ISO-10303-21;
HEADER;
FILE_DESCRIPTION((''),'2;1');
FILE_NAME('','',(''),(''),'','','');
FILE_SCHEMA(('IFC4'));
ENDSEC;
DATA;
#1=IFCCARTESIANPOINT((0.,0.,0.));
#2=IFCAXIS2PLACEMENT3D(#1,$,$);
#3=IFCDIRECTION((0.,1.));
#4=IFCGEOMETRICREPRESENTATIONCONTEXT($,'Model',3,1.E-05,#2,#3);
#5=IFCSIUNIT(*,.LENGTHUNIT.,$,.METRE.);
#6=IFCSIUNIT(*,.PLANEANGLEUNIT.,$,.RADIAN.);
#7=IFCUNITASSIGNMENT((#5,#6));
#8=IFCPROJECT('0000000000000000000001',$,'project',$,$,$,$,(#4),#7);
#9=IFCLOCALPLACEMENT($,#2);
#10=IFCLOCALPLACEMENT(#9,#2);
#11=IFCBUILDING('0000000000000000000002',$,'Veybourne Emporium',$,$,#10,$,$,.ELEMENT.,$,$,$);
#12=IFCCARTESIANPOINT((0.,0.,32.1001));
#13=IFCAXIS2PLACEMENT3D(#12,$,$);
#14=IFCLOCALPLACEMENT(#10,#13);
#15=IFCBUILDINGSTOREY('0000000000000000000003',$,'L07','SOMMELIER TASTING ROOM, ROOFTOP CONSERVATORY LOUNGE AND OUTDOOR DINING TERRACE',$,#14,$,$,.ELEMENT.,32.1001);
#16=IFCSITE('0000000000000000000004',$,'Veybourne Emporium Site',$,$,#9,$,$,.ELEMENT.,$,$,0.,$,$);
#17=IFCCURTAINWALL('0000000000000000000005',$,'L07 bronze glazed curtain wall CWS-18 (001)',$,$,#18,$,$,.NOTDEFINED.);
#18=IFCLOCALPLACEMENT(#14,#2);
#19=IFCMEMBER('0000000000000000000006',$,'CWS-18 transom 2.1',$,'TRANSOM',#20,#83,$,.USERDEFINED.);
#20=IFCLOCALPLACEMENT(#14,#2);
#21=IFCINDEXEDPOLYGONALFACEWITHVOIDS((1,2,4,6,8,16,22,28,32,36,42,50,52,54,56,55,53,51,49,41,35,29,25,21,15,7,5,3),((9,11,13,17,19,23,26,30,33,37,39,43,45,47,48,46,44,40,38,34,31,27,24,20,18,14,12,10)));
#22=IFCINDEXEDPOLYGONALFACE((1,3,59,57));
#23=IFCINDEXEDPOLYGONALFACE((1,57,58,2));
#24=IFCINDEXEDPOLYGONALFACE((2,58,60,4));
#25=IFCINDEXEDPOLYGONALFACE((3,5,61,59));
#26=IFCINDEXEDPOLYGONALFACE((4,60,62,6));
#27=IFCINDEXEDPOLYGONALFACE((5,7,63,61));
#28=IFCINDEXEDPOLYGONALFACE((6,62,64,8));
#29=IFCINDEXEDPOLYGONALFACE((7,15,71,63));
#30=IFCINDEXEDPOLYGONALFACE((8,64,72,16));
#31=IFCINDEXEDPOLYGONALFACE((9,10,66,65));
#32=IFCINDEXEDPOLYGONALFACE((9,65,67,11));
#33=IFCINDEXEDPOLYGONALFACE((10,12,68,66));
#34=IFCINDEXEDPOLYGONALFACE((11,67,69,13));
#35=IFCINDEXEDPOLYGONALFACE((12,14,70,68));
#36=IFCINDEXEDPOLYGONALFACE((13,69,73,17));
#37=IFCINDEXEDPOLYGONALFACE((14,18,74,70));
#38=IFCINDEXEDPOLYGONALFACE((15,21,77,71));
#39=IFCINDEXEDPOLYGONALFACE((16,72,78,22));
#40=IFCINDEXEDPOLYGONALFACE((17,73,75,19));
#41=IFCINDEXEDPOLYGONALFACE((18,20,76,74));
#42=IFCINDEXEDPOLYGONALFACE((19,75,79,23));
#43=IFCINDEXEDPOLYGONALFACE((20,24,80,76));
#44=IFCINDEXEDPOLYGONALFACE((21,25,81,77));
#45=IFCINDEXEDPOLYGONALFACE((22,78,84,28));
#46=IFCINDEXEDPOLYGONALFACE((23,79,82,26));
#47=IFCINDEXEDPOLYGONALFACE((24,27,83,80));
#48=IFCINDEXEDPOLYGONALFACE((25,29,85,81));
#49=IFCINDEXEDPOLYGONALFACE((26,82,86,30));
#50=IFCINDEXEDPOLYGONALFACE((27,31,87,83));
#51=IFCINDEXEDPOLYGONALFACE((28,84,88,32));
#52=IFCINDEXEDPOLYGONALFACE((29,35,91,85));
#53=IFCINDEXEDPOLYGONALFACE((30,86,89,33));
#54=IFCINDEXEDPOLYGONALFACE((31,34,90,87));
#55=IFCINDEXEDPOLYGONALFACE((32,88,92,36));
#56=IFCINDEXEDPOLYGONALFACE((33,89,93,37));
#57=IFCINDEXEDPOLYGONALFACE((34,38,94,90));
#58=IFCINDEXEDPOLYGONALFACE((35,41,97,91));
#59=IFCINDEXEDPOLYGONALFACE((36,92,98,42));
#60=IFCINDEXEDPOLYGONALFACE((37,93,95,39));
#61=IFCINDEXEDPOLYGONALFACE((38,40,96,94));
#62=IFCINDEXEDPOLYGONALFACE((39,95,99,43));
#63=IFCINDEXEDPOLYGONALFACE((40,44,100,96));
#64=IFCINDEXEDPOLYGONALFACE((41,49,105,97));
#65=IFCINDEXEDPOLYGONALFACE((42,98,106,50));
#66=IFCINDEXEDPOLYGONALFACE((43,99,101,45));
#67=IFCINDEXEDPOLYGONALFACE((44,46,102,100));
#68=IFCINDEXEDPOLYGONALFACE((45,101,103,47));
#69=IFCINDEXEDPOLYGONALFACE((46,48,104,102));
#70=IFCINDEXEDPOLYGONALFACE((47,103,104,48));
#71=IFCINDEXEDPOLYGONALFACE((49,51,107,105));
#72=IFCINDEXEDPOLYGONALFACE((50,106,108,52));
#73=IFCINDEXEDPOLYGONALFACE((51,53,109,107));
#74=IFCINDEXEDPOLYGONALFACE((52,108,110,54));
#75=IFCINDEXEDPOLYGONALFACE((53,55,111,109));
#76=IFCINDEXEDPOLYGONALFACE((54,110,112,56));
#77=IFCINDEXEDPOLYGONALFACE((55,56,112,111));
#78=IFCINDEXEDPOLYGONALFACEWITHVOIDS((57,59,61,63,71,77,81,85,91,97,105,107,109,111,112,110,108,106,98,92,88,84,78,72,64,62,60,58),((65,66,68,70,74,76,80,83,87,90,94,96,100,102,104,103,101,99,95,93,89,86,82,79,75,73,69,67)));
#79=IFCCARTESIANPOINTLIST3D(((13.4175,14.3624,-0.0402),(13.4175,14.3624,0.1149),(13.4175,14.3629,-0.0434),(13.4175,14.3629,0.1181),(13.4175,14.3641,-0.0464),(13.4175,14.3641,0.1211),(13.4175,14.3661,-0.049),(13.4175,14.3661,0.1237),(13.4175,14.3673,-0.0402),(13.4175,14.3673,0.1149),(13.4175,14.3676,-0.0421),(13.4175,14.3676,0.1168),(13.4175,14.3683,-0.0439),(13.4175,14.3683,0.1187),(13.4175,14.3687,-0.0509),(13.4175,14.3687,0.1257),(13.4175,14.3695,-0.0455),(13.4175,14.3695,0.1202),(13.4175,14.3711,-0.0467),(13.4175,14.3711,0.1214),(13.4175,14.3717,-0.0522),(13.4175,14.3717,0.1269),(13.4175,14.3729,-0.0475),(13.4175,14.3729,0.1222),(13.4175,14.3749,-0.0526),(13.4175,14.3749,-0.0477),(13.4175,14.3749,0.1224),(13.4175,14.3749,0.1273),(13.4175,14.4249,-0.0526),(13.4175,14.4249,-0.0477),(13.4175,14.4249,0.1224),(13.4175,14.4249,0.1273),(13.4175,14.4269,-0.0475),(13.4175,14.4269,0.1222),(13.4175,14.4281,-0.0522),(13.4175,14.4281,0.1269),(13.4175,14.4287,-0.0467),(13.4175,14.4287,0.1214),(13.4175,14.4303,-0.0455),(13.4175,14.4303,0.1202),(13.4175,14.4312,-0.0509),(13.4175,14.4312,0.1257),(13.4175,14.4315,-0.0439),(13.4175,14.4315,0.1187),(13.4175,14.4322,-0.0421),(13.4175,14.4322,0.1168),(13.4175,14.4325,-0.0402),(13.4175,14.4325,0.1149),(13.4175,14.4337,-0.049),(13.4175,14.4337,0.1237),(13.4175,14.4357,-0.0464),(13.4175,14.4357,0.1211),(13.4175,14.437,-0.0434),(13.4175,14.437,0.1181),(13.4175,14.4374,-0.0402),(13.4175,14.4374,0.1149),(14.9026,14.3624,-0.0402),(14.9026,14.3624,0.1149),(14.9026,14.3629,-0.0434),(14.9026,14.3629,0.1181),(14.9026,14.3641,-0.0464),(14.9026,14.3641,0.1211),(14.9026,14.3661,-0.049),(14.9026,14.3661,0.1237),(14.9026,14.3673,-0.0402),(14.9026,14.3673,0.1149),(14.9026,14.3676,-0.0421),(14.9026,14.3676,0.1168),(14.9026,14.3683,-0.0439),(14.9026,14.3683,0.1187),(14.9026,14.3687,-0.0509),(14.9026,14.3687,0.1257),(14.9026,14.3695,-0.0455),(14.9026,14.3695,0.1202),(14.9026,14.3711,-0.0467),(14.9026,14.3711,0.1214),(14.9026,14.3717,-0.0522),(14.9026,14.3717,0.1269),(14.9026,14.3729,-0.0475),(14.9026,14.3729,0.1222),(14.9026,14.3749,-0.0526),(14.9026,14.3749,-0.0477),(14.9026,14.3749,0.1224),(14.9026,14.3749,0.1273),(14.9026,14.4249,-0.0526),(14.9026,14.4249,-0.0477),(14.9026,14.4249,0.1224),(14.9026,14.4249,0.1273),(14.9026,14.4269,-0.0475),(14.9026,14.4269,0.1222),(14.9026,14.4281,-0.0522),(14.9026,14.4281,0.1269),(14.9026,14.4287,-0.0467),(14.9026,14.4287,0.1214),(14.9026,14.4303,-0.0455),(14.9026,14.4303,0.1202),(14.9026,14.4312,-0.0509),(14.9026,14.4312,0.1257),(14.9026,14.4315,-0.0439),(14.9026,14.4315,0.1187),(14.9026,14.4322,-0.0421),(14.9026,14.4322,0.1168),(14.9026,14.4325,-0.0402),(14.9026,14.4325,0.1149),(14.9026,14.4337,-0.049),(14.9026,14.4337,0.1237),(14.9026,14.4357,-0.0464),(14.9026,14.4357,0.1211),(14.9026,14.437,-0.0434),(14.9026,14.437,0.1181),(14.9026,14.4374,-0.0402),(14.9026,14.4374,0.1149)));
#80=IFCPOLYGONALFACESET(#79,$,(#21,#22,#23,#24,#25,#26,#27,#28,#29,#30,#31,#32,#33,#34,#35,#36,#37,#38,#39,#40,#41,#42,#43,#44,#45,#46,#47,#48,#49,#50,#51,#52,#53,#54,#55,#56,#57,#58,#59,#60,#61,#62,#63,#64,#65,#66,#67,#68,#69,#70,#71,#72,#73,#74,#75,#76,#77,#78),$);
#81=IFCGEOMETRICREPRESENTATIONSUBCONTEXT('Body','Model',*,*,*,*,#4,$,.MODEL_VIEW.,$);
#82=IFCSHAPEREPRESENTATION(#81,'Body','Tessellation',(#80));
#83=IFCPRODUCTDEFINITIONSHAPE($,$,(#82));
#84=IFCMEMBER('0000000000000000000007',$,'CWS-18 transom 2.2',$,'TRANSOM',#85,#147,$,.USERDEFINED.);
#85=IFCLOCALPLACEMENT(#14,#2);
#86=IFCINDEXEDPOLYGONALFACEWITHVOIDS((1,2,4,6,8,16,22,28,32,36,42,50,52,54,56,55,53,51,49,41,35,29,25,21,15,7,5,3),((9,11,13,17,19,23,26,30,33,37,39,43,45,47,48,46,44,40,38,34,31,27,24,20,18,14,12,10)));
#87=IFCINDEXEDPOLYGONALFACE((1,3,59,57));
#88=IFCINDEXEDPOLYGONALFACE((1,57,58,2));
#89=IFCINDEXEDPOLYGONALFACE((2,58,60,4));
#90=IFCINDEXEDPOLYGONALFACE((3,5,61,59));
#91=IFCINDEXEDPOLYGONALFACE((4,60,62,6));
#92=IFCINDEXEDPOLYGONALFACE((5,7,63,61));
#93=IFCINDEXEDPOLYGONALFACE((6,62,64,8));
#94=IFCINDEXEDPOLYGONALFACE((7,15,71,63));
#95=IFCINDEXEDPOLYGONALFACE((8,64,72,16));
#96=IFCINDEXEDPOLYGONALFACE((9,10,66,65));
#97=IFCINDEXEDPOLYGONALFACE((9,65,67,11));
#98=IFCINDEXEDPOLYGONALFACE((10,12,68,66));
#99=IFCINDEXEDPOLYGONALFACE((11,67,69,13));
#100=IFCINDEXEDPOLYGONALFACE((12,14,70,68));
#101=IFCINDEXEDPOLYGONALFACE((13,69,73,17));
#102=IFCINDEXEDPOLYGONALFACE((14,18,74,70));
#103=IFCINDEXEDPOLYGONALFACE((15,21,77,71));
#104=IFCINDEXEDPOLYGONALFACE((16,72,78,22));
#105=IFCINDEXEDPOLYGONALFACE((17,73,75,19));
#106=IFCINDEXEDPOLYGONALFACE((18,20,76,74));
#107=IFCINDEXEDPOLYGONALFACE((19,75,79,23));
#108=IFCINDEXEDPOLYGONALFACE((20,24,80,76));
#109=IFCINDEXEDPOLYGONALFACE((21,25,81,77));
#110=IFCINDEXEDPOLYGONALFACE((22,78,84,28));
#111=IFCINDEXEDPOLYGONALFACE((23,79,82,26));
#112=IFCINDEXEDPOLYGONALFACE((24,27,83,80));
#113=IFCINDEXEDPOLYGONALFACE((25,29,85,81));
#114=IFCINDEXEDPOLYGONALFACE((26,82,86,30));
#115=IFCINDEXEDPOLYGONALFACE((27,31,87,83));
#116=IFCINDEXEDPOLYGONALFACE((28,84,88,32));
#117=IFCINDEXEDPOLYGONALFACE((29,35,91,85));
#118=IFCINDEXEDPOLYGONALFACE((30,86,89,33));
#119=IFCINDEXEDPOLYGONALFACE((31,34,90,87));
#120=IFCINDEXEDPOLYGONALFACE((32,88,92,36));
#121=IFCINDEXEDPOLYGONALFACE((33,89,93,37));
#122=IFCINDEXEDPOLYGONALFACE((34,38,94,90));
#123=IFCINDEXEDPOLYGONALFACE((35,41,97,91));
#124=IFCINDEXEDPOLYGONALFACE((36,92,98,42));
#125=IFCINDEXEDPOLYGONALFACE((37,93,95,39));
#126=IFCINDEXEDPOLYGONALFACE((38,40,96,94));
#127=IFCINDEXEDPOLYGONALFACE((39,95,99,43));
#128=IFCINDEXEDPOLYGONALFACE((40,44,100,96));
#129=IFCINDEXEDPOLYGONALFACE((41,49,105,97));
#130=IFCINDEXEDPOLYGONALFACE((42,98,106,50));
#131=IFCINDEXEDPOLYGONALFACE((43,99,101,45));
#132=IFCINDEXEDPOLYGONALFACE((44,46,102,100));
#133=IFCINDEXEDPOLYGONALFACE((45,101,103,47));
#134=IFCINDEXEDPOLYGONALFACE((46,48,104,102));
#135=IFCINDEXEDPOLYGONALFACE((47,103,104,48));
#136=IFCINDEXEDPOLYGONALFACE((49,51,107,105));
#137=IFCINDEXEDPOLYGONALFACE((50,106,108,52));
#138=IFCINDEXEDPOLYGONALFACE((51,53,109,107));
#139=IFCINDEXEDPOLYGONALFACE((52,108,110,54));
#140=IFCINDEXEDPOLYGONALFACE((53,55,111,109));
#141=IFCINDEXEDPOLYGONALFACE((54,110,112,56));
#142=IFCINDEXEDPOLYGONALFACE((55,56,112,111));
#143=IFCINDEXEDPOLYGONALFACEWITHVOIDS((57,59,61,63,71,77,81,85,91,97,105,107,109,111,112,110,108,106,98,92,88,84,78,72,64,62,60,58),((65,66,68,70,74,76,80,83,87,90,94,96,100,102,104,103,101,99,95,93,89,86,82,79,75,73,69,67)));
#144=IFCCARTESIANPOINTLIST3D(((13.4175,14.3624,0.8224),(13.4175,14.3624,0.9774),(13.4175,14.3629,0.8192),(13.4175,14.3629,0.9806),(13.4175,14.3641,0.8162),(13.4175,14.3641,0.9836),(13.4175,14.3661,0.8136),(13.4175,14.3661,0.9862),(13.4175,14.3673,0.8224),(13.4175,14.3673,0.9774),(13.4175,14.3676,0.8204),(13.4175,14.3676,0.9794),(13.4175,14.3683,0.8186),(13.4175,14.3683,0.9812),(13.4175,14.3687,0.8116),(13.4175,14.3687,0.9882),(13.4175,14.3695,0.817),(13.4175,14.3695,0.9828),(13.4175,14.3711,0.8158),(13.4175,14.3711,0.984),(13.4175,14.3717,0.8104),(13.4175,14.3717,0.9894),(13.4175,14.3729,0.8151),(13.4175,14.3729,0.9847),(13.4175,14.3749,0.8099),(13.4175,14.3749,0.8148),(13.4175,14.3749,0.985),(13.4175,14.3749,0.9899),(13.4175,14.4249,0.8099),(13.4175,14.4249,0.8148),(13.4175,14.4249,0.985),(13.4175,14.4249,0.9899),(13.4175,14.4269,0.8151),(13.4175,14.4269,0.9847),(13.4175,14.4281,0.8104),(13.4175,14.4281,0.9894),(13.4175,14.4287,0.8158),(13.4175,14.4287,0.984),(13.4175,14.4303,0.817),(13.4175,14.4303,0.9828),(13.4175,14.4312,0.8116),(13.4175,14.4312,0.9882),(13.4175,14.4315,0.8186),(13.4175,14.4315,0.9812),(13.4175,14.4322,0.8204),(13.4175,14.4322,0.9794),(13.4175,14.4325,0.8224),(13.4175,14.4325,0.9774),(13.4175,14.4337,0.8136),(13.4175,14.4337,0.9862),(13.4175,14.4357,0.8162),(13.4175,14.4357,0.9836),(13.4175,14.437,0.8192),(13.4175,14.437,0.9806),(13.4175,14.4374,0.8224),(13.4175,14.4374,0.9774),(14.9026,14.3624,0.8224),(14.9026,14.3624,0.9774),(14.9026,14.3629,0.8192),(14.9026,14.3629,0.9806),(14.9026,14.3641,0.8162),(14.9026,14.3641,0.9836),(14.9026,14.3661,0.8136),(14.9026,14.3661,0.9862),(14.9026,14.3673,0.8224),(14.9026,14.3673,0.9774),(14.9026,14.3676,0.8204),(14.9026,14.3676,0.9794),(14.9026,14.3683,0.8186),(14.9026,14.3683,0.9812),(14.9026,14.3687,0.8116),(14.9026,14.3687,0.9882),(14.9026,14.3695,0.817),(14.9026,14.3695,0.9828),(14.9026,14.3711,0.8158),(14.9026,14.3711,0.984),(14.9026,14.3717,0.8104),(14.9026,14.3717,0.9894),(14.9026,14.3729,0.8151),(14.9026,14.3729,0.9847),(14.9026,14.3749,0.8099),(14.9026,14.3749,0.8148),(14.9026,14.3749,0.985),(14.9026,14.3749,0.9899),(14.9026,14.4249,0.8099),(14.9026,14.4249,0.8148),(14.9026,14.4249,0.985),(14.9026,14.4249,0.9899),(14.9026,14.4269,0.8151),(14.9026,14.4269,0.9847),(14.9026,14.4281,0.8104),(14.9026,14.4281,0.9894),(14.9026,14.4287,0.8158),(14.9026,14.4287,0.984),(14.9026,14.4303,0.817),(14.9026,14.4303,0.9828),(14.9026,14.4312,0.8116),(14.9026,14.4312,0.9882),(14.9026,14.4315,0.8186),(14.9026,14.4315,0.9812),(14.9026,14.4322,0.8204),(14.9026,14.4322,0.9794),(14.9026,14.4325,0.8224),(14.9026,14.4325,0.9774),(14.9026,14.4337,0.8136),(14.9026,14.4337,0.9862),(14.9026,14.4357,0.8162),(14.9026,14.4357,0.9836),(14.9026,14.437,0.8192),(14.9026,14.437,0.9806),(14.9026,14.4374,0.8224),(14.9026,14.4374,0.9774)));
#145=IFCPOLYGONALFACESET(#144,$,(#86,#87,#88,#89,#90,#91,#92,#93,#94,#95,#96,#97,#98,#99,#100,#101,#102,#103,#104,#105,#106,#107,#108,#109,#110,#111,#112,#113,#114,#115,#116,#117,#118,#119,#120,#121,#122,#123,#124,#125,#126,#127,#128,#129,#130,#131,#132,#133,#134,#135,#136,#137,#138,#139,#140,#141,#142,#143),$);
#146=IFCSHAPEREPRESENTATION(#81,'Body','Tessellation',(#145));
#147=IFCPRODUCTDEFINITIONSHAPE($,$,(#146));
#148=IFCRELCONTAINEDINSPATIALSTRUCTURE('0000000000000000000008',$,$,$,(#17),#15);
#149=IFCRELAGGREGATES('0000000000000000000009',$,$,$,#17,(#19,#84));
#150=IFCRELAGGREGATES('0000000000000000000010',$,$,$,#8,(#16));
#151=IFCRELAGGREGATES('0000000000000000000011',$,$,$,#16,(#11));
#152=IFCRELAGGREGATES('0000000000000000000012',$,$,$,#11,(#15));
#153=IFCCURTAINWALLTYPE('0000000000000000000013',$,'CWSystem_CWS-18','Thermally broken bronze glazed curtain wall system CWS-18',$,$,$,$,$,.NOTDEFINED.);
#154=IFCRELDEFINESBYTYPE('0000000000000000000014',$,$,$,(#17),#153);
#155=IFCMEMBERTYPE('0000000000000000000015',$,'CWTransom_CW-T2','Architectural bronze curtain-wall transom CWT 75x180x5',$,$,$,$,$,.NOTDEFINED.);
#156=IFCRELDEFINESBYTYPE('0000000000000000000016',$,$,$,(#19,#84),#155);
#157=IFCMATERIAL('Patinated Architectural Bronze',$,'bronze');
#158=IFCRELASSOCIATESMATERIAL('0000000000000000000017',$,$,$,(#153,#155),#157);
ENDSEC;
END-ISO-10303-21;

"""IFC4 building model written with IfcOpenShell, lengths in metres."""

from ifc_helpers import new_model, si_unit, direction, frame, origin, origin_2d, place, context, subcontext, project, spatial, hollow_rectangle, extrude, material, material_profile, profile_set, type_object, element, aggregate, save


model = new_model("IFC4")

# Units and contexts
model_context = context("Model", 3, precision=1e-05, world=origin(), true_north=direction((0.0, 1.0)))
body_context = subcontext(model_context, "Body", "Model", "MODEL_VIEW")
ifc_project = project(units=[si_unit("LENGTHUNIT", "METRE"), si_unit("PLANEANGLEUNIT", "RADIAN")], contexts=[model_context])

# Site, building, storey
site_placement = place(None, origin())
site = spatial("IfcSite", under=ifc_project, at=site_placement, Name="Veybourne Emporium Site", CompositionType="ELEMENT", RefElevation=0.0)
building_placement = place(site_placement, origin())
building = spatial("IfcBuilding", under=site, at=building_placement, Name="Veybourne Emporium", CompositionType="ELEMENT")
storey_placement = place(building_placement, frame((0.0, 0.0, 32.1001)))
storey = spatial("IfcBuildingStorey", under=building, at=storey_placement, Name="L07", Description="SOMMELIER TASTING ROOM, ROOFTOP CONSERVATORY LOUNGE AND OUTDOOR DINING TERRACE", CompositionType="ELEMENT", Elevation=32.1001)

# Curtain wall
ifc_material_1 = material(Name="Patinated Architectural Bronze", Category="bronze")
curtain_wall_type_1 = type_object("IfcCurtainWallType", Name="CWSystem_CWS-18", Description="Thermally broken bronze glazed curtain wall system CWS-18", PredefinedType="NOTDEFINED", material=ifc_material_1)
curtain_wall_1_placement = place(storey_placement, origin())
curtain_wall_1 = element("IfcCurtainWall", 1, at=curtain_wall_1_placement, inside=storey, type_object=curtain_wall_type_1, Name="L07 bronze glazed curtain wall CWS-18 (001)", PredefinedType="NOTDEFINED")

# Members
ifc_material_profile_1 = material_profile(ifc_material_1, hollow_rectangle(XDim=0.075, YDim=0.1799, WallThickness=0.0049, InnerFilletRadius=0.0076, OuterFilletRadius=0.0125, at=origin_2d()), Name="CWT 75x180x5")
ifc_profile_set_1 = profile_set([ifc_material_profile_1], Name="Patinated Architectural Bronze")
member_type_1 = type_object("IfcMemberType", Name="CWTransom_CW-T2", Description="Architectural bronze curtain-wall transom CWT 75x180x5", PredefinedType="NOTDEFINED", material=ifc_profile_set_1)
member_1_placement = place(storey_placement, frame((14.9026, 14.3999, 0.0374), z_axis=(-1.0, 0.0, 0.0), x_axis=(0.0, -1.0, 0.0)))
member_1 = element("IfcMember", 2, at=member_1_placement, type_object=member_type_1, Name="CWS-18 transom 2.1", ObjectType="TRANSOM", PredefinedType="USERDEFINED", context=body_context, shape_type="SweptSolid", body=[
    extrude(hollow_rectangle(XDim=0.075, YDim=0.1799, WallThickness=0.0049, InnerFilletRadius=0.0076, OuterFilletRadius=0.0125, at=origin_2d()), origin(), (0.0, 0.0, 1.0), 1.4851),
])
member_2_placement = place(storey_placement, frame((14.9026, 14.3999, 0.8999), z_axis=(-1.0, 0.0, 0.0), x_axis=(0.0, -1.0, 0.0)))
member_2 = element("IfcMember", 3, at=member_2_placement, type_object=member_type_1, Name="CWS-18 transom 2.2", ObjectType="TRANSOM", PredefinedType="USERDEFINED", context=body_context, shape_type="SweptSolid", body=[
    extrude(hollow_rectangle(XDim=0.075, YDim=0.1799, WallThickness=0.0049, InnerFilletRadius=0.0076, OuterFilletRadius=0.0125, at=origin_2d()), origin(), (0.0, 0.0, 1.0), 1.4851),
])

aggregate(curtain_wall_1, [member_1, member_2])

save(model, "model.ifc")
